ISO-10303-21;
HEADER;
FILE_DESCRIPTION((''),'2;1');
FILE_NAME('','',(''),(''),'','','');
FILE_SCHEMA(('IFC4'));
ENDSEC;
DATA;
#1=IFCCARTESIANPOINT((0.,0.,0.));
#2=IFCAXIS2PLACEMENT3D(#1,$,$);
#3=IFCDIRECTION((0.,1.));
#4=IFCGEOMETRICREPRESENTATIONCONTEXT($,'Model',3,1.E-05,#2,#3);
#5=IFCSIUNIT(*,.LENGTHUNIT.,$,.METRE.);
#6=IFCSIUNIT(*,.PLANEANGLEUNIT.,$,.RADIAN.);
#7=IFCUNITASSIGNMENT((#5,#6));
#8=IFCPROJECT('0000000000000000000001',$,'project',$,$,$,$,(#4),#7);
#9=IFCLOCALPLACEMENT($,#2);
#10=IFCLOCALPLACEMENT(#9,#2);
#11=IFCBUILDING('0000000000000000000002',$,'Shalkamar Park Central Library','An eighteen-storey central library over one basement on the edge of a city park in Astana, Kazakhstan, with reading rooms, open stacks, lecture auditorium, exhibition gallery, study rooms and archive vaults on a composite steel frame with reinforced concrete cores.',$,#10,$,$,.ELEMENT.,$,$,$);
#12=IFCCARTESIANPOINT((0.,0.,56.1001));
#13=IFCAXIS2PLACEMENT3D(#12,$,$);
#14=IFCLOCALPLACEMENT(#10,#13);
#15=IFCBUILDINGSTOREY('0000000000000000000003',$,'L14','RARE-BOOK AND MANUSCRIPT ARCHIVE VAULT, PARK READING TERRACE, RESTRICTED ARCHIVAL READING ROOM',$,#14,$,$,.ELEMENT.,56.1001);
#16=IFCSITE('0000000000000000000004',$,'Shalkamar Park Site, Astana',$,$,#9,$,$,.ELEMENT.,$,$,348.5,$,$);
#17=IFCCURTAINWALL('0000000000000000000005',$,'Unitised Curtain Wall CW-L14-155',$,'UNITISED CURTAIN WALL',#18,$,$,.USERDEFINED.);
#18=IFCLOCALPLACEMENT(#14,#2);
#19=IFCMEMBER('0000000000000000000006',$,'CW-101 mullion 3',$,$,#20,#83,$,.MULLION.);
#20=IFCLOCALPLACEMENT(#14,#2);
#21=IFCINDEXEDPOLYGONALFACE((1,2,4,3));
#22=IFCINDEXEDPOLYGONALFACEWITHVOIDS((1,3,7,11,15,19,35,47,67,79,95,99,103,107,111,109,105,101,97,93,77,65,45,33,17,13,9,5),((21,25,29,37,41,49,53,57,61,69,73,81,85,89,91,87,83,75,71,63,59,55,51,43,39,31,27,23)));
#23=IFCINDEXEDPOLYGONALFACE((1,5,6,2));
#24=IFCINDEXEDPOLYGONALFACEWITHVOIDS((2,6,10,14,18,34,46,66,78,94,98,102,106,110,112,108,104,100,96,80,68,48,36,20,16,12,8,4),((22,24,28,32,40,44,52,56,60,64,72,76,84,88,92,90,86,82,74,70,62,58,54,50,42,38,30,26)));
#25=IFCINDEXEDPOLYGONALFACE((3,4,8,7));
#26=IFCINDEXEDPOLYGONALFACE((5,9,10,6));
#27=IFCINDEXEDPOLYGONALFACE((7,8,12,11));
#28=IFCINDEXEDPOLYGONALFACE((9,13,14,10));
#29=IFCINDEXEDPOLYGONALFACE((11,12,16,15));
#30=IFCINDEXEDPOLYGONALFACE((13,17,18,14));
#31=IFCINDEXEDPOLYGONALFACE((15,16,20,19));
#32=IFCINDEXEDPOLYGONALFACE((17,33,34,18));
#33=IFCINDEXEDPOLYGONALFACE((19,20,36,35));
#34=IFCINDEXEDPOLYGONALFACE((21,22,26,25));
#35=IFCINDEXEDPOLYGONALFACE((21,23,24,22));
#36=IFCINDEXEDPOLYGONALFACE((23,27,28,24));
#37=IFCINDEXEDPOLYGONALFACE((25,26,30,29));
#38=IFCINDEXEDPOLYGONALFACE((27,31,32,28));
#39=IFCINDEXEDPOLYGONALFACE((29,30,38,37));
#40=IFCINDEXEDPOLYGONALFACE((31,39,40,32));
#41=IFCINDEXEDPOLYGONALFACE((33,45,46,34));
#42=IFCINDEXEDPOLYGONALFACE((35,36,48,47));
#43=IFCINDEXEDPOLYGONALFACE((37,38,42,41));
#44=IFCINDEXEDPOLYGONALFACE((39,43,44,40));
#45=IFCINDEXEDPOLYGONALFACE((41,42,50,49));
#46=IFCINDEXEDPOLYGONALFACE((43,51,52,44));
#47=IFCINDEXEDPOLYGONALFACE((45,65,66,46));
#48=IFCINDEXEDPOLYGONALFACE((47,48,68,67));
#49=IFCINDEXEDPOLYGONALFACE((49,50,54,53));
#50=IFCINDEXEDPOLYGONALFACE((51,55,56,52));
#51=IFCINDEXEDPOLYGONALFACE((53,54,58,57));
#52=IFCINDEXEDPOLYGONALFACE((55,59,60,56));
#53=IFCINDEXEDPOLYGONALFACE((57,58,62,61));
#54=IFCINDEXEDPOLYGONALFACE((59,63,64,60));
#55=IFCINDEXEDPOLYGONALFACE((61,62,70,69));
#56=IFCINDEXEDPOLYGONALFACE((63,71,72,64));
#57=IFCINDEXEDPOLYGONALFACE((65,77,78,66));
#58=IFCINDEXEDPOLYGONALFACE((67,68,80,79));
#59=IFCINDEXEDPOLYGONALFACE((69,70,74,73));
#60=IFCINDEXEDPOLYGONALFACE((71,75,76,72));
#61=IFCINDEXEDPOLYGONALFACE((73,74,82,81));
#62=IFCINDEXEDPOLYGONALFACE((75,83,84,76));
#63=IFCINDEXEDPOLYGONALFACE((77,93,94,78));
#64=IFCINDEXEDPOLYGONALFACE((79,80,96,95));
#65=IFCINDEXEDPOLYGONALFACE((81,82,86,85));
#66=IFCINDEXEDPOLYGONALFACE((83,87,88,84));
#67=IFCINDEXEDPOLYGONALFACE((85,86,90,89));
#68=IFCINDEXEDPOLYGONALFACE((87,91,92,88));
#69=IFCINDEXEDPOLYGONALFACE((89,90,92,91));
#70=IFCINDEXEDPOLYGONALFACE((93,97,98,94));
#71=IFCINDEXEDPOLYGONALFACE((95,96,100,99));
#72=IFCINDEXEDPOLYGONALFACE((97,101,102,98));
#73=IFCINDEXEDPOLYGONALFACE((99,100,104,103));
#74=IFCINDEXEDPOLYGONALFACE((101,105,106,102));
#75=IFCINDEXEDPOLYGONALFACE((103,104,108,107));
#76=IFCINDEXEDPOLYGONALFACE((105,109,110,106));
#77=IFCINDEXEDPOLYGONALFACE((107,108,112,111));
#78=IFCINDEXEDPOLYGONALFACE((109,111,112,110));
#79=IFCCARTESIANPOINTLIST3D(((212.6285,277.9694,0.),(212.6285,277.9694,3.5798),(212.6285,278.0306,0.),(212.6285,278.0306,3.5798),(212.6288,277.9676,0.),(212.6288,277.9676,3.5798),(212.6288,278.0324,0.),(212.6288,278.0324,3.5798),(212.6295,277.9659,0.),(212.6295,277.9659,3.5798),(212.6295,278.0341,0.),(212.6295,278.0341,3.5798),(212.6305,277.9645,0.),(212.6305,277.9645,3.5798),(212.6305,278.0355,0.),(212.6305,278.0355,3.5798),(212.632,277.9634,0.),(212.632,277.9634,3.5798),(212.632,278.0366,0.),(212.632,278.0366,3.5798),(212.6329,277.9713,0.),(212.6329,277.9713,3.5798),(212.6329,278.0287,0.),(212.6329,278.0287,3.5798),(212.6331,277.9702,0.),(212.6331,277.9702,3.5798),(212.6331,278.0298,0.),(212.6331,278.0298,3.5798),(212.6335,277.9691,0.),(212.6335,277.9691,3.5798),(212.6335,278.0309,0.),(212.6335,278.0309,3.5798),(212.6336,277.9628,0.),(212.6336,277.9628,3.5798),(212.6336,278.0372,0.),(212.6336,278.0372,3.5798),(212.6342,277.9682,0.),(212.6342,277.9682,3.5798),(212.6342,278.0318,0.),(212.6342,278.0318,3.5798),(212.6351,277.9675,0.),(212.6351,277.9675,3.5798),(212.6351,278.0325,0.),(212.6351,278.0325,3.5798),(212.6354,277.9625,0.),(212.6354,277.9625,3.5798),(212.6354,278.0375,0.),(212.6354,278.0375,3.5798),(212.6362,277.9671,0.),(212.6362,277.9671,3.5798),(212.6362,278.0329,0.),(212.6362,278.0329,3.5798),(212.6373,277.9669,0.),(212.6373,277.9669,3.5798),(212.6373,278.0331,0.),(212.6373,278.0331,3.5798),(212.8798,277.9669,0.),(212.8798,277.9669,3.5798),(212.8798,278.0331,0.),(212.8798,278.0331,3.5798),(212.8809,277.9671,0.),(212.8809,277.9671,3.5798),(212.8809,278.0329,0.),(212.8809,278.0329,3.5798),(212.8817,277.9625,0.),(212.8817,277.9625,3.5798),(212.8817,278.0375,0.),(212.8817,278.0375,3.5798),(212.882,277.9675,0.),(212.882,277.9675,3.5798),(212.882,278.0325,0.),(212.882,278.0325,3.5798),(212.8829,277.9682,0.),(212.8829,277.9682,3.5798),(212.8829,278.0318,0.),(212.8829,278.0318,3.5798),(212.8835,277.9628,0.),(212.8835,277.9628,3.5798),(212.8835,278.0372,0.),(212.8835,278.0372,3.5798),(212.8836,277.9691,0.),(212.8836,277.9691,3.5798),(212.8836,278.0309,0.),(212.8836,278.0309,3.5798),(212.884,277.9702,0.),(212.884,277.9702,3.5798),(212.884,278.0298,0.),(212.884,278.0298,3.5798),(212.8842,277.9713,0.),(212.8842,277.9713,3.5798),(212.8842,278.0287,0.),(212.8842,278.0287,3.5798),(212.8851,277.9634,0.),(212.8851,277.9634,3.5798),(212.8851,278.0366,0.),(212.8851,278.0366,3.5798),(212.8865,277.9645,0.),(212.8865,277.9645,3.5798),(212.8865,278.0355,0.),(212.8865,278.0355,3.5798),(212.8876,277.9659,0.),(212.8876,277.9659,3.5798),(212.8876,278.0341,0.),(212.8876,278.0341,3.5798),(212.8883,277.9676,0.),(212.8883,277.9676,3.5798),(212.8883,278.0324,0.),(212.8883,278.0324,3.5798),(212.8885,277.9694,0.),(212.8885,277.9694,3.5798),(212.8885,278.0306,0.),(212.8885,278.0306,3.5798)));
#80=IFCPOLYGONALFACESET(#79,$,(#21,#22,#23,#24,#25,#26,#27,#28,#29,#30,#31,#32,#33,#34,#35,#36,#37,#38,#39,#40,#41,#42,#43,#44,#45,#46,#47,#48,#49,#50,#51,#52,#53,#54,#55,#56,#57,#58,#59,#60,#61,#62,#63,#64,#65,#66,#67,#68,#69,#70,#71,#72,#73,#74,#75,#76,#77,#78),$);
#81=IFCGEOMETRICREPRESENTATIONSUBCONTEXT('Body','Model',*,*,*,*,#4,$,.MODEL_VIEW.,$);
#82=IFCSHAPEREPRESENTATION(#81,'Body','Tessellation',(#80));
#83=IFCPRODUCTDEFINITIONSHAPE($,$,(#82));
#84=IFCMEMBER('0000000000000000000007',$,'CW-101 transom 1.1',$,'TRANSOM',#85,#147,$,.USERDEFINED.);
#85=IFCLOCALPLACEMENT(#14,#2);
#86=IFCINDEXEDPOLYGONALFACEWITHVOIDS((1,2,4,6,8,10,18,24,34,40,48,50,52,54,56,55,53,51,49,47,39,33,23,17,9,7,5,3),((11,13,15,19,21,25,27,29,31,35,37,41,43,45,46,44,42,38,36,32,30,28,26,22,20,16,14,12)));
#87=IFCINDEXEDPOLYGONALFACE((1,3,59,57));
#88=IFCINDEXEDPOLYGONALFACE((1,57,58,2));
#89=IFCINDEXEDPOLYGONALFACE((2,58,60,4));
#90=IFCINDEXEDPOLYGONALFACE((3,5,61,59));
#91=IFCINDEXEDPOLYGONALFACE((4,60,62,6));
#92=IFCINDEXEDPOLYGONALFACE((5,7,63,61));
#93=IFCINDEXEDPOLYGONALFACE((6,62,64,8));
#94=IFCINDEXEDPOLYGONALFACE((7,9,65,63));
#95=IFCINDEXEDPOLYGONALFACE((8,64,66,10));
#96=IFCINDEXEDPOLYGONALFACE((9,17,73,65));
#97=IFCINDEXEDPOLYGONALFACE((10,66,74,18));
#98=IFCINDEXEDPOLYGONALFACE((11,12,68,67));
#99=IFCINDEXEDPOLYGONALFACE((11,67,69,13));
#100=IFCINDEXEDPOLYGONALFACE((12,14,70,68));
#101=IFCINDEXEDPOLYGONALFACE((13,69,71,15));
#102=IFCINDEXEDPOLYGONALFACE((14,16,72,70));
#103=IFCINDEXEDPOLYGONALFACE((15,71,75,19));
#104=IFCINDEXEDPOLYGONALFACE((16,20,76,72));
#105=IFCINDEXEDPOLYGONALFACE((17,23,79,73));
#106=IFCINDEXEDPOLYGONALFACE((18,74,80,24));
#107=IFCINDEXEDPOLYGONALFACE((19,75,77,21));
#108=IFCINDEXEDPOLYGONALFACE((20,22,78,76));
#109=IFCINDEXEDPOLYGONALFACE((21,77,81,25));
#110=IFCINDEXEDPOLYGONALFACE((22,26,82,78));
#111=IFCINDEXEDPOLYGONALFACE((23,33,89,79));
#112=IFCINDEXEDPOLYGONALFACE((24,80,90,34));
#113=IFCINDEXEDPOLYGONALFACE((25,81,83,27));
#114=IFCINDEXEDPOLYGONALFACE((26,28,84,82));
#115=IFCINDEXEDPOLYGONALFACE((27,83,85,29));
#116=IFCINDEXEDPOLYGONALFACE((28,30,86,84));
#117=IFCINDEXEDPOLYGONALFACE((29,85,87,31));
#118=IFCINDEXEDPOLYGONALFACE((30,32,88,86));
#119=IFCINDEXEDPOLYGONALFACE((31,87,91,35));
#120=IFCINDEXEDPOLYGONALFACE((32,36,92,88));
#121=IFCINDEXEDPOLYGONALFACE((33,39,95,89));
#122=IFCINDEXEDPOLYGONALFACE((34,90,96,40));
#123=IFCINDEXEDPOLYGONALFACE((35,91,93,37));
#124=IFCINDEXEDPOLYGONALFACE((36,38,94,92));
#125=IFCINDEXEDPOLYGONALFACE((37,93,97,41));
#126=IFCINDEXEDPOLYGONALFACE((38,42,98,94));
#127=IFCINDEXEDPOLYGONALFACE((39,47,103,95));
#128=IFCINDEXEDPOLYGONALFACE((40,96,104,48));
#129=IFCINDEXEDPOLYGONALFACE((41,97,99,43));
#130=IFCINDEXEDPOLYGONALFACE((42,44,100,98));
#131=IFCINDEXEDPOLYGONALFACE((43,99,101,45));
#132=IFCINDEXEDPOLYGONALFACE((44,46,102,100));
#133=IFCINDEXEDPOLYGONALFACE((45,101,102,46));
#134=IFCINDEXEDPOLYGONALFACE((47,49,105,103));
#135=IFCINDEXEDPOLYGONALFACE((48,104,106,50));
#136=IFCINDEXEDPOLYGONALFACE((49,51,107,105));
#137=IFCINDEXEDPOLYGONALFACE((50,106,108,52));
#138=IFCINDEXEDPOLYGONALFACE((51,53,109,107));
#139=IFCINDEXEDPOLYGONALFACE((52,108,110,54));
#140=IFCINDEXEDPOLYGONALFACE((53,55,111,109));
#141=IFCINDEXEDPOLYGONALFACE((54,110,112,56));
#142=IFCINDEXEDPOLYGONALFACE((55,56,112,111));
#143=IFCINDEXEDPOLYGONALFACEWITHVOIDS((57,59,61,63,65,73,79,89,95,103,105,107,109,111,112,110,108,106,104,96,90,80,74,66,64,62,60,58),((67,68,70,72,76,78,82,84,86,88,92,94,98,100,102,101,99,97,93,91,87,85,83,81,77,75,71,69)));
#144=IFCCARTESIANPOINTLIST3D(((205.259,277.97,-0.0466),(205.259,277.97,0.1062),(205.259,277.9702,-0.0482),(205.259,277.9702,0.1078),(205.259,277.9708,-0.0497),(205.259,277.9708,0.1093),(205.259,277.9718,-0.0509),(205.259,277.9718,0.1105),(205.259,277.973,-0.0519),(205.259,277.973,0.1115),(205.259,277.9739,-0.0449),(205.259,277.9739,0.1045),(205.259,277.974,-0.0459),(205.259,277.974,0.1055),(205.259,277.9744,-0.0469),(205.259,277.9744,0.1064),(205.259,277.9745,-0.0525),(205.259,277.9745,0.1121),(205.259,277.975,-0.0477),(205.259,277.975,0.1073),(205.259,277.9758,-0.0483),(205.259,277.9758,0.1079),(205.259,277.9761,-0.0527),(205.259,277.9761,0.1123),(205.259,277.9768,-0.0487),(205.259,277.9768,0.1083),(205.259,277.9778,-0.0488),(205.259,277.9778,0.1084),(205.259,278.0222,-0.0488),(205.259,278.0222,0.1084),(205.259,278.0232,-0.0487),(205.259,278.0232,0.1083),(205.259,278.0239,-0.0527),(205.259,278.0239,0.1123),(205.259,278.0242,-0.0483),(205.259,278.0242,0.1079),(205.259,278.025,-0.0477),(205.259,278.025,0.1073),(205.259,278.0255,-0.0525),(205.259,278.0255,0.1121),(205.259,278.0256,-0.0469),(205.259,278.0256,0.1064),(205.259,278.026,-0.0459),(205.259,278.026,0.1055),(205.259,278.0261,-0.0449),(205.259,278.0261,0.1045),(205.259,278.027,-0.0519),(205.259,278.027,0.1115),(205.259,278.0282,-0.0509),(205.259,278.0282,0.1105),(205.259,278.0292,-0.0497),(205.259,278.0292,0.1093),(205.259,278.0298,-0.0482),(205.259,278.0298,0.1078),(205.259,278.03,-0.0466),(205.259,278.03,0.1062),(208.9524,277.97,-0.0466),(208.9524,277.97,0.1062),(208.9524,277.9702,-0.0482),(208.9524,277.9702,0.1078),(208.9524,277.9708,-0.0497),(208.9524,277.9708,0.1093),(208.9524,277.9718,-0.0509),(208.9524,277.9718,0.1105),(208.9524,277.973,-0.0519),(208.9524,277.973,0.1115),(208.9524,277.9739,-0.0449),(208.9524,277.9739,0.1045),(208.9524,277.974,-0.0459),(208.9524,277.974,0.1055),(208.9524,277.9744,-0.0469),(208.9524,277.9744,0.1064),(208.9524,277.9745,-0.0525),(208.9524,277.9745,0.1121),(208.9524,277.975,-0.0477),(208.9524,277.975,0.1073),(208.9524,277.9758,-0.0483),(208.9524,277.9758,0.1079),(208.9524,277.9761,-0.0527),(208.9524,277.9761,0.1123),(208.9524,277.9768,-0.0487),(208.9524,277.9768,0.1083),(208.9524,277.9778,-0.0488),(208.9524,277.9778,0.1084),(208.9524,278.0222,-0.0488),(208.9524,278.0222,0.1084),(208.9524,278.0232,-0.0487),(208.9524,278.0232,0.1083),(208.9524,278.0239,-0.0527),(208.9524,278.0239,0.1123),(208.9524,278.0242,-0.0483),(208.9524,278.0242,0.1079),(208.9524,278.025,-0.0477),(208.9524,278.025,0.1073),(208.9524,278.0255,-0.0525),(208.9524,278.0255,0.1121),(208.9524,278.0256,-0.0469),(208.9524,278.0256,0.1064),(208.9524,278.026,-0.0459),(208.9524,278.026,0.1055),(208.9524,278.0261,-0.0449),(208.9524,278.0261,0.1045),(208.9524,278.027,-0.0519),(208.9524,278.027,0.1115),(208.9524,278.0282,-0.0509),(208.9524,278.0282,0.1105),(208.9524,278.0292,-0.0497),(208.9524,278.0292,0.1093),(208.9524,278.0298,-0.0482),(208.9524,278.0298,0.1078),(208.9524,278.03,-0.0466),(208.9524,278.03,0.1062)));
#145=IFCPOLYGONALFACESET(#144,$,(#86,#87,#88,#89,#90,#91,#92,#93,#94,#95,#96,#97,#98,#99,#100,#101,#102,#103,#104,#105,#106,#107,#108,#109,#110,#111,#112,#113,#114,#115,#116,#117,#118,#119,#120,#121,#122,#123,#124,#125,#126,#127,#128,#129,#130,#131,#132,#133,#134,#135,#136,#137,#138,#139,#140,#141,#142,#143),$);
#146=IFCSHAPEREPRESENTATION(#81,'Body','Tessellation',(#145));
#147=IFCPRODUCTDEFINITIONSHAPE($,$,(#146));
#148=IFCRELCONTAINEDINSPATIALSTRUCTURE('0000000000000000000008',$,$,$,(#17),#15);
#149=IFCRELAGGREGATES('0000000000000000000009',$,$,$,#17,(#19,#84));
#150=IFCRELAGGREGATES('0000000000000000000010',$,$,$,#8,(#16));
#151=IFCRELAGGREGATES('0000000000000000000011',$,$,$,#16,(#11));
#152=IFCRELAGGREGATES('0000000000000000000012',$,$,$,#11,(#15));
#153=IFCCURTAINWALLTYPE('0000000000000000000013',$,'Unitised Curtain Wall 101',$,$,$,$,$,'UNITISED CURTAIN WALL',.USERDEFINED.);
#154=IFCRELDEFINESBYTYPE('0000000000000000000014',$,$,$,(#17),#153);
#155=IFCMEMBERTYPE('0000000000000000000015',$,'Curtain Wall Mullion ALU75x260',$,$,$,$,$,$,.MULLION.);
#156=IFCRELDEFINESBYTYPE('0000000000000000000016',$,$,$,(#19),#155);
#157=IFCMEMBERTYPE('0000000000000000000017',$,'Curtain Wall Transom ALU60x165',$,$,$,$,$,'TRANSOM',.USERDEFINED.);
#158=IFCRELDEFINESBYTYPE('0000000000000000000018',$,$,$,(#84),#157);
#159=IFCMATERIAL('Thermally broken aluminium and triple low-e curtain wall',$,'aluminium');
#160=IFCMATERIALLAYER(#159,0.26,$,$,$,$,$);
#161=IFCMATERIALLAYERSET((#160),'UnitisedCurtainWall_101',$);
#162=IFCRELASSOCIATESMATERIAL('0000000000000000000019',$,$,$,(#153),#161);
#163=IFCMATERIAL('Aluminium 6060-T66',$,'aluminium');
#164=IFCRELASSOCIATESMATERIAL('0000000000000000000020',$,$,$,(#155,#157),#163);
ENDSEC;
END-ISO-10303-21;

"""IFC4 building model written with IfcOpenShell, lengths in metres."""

from ifc_helpers import new_model, si_unit, direction, frame, origin, origin_2d, place, context, subcontext, project, spatial, hollow_rectangle, extrude, material, layer, layer_set, material_profile, profile_set, type_object, element, aggregate, save


model = new_model("IFC4")

# Units and contexts
model_context = context("Model", 3, precision=1e-05, world=origin(), true_north=direction((0.0, 1.0)))
body_context = subcontext(model_context, "Body", "Model", "MODEL_VIEW")
ifc_project = project(units=[si_unit("LENGTHUNIT", "METRE"), si_unit("PLANEANGLEUNIT", "RADIAN")], contexts=[model_context])

# Site, building, storey
site_placement = place(None, origin())
site = spatial("IfcSite", under=ifc_project, at=site_placement, Name="Shalkamar Park Site, Astana", CompositionType="ELEMENT", RefElevation=348.5)
building_placement = place(site_placement, origin())
building = spatial("IfcBuilding", under=site, at=building_placement, Name="Shalkamar Park Central Library", Description="An eighteen-storey central library over one basement on the edge of a city park in Astana, Kazakhstan, with reading rooms, open stacks, lecture auditorium, exhibition gallery, study rooms and archive vaults on a composite steel frame with reinforced concrete cores.", CompositionType="ELEMENT")
storey_placement = place(building_placement, frame((0.0, 0.0, 56.1001)))
storey = spatial("IfcBuildingStorey", under=building, at=storey_placement, Name="L14", Description="RARE-BOOK AND MANUSCRIPT ARCHIVE VAULT, PARK READING TERRACE, RESTRICTED ARCHIVAL READING ROOM", CompositionType="ELEMENT", Elevation=56.1001)

# Curtain wall, members
ifc_material_1 = material(Name="Thermally broken aluminium and triple low-e curtain wall", Category="aluminium")
ifc_layer_1 = layer(ifc_material_1, 0.26)
ifc_layer_set_1 = layer_set([ifc_layer_1], Name="UnitisedCurtainWall_101")
curtain_wall_type = type_object("IfcCurtainWallType", Name="Unitised Curtain Wall 101", ElementType="UNITISED CURTAIN WALL", PredefinedType="USERDEFINED", material=ifc_layer_set_1)
curtain_wall_placement = place(storey_placement, origin())
curtain_wall = element("IfcCurtainWall", 1, at=curtain_wall_placement, inside=storey, type_object=curtain_wall_type, Name="Unitised Curtain Wall CW-L14-155", ObjectType="UNITISED CURTAIN WALL", PredefinedType="USERDEFINED")
ifc_material_2 = material(Name="Aluminium 6060-T66", Category="aluminium")
ifc_material_profile_1 = material_profile(ifc_material_2, hollow_rectangle(XDim=0.075, YDim=0.26, WallThickness=0.0044, InnerFilletRadius=0.0044, OuterFilletRadius=0.0068, at=origin_2d()), Name="ALU 75x260x4.5")
ifc_profile_set_1 = profile_set([ifc_material_profile_1], Name="Aluminium 6060-T66")
member_type_1 = type_object("IfcMemberType", Name="Curtain Wall Mullion ALU75x260", PredefinedType="MULLION", material=ifc_profile_set_1)
member_1_placement = place(storey_placement, frame((212.7585, 278.0, 0.0), z_axis=(0.0, 0.0, 1.0), x_axis=(0.0, 1.0, 0.0)))
member_1 = element("IfcMember", 2, at=member_1_placement, type_object=member_type_1, Name="CW-101 mullion 3", PredefinedType="MULLION", context=body_context, shape_type="SweptSolid", body=[
    extrude(hollow_rectangle(XDim=0.075, YDim=0.26, WallThickness=0.0044, InnerFilletRadius=0.0044, OuterFilletRadius=0.0068, at=origin_2d()), origin(), (0.0, 0.0, 1.0), 3.5798),
])
ifc_material_profile_2 = material_profile(ifc_material_2, hollow_rectangle(XDim=0.0601, YDim=0.165, WallThickness=0.0039, InnerFilletRadius=0.0039, OuterFilletRadius=0.0061, at=origin_2d()), Name="ALU 60x165x4")
ifc_profile_set_2 = profile_set([ifc_material_profile_2], Name="Aluminium 6060-T66")
member_type_2 = type_object("IfcMemberType", Name="Curtain Wall Transom ALU60x165", ElementType="TRANSOM", PredefinedType="USERDEFINED", material=ifc_profile_set_2)
member_2_placement = place(storey_placement, frame((205.259, 278.0, 0.0298), z_axis=(1.0, 0.0, 0.0), x_axis=(0.0, 1.0, 0.0)))
member_2 = element("IfcMember", 3, at=member_2_placement, type_object=member_type_2, Name="CW-101 transom 1.1", ObjectType="TRANSOM", PredefinedType="USERDEFINED", context=body_context, shape_type="SweptSolid", body=[
    extrude(hollow_rectangle(XDim=0.0601, YDim=0.165, WallThickness=0.0039, InnerFilletRadius=0.0039, OuterFilletRadius=0.0061, at=origin_2d()), origin(), (0.0, 0.0, 1.0), 3.6934),
])

aggregate(curtain_wall, [member_1, member_2])

save(model, "model.ifc")
